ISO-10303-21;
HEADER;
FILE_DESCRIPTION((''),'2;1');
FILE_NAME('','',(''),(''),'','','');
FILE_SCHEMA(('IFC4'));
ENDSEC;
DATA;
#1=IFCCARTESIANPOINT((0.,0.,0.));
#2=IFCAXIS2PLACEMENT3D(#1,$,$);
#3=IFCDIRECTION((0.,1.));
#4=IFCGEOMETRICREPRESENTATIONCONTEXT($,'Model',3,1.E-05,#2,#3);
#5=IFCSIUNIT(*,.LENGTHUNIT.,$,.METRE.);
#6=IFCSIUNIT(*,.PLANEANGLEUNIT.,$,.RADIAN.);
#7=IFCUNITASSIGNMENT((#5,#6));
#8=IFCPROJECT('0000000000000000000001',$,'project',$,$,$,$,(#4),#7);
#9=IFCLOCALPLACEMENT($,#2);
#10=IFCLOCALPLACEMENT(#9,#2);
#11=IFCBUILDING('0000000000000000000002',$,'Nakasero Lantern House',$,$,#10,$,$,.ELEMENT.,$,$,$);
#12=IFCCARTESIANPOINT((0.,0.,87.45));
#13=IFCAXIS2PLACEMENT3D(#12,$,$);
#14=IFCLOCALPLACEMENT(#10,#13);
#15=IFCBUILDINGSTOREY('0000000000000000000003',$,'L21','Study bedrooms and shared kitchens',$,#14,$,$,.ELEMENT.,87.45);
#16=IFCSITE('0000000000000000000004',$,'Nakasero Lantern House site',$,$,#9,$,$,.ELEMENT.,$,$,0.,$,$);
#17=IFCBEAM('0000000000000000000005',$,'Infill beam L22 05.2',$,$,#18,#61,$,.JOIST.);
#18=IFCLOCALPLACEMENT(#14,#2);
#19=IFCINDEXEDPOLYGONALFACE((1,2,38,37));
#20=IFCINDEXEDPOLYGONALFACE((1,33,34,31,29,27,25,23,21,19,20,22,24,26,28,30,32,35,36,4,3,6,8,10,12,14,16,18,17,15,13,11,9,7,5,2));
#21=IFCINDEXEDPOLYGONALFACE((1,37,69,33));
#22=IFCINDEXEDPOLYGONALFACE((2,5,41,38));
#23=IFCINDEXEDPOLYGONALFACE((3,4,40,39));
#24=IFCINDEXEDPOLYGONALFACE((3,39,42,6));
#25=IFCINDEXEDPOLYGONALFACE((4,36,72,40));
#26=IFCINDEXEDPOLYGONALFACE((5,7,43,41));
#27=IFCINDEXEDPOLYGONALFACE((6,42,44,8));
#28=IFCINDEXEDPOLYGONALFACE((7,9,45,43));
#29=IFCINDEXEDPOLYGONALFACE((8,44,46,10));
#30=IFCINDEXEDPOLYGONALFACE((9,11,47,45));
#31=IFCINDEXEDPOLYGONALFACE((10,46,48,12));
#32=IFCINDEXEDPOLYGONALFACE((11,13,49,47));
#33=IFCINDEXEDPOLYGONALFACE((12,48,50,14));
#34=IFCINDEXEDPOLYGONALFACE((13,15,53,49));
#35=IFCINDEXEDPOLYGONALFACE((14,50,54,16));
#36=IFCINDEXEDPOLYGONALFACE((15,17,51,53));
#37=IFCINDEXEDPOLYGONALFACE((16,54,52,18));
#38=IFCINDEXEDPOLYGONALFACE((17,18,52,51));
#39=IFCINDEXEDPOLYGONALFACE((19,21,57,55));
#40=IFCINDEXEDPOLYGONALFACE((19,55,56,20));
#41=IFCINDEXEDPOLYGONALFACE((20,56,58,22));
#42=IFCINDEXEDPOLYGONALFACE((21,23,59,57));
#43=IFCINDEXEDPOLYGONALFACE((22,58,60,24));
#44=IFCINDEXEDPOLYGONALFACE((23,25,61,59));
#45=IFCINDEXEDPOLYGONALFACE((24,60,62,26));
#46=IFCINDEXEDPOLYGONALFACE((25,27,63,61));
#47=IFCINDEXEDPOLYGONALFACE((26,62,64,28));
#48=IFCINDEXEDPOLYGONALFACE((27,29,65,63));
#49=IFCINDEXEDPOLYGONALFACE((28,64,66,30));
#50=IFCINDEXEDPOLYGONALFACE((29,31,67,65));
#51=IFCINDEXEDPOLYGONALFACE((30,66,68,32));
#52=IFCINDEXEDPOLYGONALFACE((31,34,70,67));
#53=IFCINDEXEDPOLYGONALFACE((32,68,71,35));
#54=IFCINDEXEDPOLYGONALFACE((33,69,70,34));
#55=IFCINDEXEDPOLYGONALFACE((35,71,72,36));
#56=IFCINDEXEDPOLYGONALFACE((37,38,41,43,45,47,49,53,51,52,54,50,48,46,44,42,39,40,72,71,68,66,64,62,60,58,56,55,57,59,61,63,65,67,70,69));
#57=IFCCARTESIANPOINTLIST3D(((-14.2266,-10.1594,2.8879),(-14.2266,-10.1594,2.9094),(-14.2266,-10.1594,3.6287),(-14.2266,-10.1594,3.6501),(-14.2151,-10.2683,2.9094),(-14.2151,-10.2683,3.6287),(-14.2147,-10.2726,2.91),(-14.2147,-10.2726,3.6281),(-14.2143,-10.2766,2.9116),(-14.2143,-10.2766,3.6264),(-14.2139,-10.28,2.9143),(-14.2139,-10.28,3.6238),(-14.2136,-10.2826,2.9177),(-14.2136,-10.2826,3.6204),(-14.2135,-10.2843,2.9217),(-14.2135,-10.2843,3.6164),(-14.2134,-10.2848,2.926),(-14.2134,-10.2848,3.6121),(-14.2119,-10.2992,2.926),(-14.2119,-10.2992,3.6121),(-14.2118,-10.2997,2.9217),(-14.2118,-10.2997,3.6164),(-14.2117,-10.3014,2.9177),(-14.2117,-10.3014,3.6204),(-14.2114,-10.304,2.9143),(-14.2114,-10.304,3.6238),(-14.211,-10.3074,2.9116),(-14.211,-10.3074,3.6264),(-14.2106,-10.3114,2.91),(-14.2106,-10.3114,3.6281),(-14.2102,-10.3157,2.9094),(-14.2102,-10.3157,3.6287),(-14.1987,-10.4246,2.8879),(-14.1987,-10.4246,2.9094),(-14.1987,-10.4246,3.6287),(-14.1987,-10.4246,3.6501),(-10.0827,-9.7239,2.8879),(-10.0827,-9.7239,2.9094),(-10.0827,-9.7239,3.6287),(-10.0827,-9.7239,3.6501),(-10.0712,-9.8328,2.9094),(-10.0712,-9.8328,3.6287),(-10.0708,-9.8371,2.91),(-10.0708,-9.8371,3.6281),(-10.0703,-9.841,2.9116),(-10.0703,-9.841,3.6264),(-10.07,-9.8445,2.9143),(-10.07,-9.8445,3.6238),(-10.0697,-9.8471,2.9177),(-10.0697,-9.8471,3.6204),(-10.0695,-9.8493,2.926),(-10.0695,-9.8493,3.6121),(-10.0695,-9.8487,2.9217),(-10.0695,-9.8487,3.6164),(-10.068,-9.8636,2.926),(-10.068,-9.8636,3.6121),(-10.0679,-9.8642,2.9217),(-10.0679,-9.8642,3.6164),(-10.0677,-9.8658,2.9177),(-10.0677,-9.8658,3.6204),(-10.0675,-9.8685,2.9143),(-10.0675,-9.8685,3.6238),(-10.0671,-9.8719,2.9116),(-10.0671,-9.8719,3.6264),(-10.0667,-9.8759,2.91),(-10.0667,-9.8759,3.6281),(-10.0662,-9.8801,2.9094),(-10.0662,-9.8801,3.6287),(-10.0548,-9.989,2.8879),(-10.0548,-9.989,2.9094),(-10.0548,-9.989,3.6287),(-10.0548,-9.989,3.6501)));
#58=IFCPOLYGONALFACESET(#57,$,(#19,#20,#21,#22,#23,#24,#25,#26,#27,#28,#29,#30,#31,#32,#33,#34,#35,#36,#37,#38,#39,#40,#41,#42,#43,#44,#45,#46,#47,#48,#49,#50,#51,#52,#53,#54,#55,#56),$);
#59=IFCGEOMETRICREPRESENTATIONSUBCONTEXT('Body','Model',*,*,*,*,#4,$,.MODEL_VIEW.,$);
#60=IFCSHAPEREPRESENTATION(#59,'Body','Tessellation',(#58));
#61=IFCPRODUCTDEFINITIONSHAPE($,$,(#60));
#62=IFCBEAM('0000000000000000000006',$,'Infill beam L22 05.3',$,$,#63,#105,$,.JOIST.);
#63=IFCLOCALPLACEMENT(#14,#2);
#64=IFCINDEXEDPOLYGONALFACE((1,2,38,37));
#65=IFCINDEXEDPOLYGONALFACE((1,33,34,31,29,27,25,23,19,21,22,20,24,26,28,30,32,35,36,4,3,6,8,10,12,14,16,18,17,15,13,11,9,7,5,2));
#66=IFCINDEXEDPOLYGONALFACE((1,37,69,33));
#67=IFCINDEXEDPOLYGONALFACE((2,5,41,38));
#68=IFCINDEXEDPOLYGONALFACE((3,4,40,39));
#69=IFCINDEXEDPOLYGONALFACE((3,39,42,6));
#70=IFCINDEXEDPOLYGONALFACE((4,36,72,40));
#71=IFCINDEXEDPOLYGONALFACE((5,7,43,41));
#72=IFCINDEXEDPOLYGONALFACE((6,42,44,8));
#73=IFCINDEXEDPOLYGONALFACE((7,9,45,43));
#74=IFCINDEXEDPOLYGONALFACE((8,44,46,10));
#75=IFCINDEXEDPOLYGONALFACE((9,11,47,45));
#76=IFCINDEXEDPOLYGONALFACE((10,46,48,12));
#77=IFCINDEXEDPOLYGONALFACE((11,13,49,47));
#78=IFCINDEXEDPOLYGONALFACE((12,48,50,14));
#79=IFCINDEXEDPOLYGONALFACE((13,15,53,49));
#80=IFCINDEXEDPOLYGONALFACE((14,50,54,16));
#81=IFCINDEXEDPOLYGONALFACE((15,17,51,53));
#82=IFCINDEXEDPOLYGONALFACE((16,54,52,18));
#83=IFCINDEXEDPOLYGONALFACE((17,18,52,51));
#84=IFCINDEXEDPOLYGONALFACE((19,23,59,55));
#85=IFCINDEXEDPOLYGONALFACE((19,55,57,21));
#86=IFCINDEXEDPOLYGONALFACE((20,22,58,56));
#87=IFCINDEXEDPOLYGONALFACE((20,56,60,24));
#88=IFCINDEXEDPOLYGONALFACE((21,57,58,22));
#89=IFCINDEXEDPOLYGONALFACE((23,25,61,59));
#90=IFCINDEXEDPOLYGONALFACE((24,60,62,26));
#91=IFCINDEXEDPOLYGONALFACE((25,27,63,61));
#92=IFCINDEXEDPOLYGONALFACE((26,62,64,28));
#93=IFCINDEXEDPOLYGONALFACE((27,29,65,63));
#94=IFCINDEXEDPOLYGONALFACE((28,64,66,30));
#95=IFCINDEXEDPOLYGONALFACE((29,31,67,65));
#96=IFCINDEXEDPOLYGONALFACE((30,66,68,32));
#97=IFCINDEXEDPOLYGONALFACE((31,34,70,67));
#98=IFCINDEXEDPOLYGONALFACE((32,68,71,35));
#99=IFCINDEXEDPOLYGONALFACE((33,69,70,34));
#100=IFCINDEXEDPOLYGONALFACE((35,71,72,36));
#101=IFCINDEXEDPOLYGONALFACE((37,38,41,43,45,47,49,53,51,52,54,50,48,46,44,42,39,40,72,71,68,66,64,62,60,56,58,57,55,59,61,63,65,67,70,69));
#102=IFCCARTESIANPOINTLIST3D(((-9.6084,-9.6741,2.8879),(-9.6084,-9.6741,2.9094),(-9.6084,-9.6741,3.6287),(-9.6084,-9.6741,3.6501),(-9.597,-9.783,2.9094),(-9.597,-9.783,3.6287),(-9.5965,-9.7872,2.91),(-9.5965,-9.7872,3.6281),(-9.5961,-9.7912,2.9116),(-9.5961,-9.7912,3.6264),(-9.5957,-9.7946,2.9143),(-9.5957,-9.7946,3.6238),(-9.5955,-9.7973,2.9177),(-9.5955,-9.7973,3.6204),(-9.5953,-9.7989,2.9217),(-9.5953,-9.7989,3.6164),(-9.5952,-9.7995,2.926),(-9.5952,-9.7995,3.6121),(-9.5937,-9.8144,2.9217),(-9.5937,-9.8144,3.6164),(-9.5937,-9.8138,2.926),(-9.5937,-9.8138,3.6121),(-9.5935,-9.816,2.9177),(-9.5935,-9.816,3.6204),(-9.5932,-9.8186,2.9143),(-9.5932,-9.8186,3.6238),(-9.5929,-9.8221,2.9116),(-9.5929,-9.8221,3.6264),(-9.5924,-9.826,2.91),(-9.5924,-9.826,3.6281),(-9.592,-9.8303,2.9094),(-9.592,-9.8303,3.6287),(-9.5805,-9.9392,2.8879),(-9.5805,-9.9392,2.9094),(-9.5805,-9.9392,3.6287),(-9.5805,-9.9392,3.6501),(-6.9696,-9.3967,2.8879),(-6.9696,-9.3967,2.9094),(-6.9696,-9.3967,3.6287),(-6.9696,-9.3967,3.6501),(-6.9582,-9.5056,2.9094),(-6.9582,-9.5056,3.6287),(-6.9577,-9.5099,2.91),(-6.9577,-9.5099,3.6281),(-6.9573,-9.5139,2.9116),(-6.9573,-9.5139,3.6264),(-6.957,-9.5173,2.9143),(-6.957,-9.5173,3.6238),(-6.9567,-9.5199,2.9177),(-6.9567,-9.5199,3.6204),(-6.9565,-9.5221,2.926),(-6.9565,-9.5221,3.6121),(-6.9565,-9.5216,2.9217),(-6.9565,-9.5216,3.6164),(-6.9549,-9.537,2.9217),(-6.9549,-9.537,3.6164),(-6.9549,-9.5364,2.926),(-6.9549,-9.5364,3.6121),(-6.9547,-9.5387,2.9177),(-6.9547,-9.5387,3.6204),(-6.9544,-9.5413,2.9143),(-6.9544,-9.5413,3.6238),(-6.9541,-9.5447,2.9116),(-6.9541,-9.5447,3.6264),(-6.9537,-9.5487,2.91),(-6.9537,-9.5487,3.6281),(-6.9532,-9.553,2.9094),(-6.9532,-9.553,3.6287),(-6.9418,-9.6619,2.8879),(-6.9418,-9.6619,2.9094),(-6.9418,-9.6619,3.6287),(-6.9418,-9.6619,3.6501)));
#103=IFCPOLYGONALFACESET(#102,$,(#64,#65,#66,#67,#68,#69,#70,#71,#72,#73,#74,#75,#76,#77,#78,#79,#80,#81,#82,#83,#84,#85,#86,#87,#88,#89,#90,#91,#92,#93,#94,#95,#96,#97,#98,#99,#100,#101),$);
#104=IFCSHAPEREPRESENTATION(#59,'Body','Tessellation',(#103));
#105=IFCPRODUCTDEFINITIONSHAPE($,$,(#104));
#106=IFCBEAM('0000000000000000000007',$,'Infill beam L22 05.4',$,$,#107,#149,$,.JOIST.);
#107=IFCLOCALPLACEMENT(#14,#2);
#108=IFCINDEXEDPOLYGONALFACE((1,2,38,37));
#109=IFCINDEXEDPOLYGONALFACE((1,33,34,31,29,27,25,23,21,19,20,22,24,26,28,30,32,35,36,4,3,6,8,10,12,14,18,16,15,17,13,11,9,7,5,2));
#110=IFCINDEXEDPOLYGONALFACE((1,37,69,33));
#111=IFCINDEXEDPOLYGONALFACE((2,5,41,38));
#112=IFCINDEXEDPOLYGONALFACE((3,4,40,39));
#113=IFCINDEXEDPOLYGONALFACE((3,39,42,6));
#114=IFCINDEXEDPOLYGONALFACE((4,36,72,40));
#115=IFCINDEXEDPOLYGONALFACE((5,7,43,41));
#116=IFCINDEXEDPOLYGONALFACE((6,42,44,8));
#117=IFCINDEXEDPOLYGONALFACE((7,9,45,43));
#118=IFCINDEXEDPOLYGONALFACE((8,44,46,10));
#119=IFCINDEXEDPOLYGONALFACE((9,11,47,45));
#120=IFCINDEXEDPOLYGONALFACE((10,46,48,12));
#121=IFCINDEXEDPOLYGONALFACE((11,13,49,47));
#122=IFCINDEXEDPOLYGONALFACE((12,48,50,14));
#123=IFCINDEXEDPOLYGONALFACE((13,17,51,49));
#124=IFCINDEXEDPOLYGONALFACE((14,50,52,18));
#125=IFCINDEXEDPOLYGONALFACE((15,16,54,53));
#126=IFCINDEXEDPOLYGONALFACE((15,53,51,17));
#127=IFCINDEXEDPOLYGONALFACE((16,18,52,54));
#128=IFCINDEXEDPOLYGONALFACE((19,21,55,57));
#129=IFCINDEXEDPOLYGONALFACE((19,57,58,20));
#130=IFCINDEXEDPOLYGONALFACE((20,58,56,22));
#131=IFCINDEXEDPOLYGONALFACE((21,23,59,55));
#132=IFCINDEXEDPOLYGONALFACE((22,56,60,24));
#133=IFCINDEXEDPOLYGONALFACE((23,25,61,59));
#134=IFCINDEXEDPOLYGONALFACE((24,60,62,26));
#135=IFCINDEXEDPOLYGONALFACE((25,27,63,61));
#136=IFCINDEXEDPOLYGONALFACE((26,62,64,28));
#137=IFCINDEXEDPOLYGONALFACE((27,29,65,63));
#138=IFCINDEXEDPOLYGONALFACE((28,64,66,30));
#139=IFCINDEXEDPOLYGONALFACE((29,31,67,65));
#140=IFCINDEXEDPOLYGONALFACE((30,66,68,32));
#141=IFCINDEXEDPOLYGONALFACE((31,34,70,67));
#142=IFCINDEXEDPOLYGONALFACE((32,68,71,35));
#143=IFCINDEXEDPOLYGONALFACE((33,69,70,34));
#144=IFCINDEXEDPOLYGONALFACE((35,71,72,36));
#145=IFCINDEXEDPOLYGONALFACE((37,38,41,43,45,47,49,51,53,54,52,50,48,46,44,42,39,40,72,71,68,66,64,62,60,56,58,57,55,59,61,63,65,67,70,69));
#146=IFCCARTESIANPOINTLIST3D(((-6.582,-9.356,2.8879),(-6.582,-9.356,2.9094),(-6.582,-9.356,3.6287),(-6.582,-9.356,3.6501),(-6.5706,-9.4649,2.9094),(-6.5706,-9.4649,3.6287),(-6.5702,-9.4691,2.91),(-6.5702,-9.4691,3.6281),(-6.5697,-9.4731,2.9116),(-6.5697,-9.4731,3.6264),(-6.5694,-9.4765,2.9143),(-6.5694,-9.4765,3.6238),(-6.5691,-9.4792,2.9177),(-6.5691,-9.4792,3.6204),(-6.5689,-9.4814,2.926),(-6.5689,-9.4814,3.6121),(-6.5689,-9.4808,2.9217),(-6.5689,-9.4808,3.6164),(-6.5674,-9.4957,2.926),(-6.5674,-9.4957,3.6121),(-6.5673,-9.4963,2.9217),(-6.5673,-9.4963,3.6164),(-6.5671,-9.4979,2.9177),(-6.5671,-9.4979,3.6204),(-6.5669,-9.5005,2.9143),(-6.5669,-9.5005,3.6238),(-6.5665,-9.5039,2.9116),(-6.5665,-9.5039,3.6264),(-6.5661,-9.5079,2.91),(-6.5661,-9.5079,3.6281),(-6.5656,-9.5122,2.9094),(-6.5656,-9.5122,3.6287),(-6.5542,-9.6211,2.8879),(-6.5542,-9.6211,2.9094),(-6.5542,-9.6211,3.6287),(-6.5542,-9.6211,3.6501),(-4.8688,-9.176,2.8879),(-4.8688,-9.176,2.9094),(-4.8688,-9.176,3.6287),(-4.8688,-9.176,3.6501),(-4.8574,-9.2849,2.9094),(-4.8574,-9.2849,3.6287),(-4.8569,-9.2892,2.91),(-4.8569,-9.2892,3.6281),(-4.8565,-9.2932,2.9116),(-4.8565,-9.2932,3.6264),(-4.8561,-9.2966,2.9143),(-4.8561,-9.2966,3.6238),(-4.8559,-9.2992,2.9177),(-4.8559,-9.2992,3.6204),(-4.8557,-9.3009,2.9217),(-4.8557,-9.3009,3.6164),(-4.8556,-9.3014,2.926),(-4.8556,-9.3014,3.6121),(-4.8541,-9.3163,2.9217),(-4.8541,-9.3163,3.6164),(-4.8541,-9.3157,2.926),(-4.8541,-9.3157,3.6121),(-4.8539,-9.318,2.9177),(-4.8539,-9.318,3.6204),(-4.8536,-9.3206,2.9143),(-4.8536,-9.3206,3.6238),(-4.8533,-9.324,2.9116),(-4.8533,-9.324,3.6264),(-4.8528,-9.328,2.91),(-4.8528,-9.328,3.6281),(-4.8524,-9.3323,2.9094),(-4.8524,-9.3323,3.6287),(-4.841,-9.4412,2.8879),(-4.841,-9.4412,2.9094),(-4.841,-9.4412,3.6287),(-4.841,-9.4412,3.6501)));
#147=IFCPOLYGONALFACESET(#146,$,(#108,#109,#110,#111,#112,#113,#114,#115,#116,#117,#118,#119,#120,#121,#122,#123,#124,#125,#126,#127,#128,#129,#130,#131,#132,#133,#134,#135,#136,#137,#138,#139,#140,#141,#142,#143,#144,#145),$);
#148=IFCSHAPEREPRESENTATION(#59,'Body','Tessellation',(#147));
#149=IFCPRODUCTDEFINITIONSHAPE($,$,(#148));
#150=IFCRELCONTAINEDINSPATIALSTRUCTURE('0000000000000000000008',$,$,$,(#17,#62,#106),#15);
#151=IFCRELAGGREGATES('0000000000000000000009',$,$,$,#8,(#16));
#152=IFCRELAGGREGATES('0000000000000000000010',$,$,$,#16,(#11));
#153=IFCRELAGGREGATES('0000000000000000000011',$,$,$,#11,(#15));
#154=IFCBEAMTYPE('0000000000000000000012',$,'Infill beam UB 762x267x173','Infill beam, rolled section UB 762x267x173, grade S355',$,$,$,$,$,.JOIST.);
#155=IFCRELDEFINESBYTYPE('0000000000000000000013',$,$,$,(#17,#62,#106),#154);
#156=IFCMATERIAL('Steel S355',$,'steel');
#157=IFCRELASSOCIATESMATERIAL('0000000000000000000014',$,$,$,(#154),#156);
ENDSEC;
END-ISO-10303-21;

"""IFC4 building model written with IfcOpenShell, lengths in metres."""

from ifc_helpers import new_model, si_unit, direction, frame, origin, origin_2d, place, context, subcontext, project, spatial, i_section, extrude, material, material_profile, profile_set, type_object, element, save


model = new_model("IFC4")

# Units and contexts
model_context = context("Model", 3, precision=1e-05, world=origin(), true_north=direction((0.0, 1.0)))
body_context = subcontext(model_context, "Body", "Model", "MODEL_VIEW")
ifc_project = project(units=[si_unit("LENGTHUNIT", "METRE"), si_unit("PLANEANGLEUNIT", "RADIAN")], contexts=[model_context])

# Site, building, storey
site_placement = place(None, origin())
site = spatial("IfcSite", under=ifc_project, at=site_placement, Name="Nakasero Lantern House site", CompositionType="ELEMENT", RefElevation=0.0)
building_placement = place(site_placement, origin())
building = spatial("IfcBuilding", under=site, at=building_placement, Name="Nakasero Lantern House", CompositionType="ELEMENT")
storey_placement = place(building_placement, frame((0.0, 0.0, 87.45)))
storey = spatial("IfcBuildingStorey", under=building, at=storey_placement, Name="L21", Description="Study bedrooms and shared kitchens", CompositionType="ELEMENT", Elevation=87.45)

# Beams
ifc_material_1 = material(Name="Steel S355", Category="steel")
ifc_material_profile = material_profile(ifc_material_1, i_section(OverallWidth=0.2666, OverallDepth=0.7622, WebThickness=0.0144, FlangeThickness=0.0215, FilletRadius=0.0166, at=origin_2d()), Name="UB 762x267x173")
ifc_profile_set = profile_set([ifc_material_profile], Name="Steel S355")
beam_type = type_object("IfcBeamType", Name="Infill beam UB 762x267x173", Description="Infill beam, rolled section UB 762x267x173, grade S355", PredefinedType="JOIST", material=ifc_profile_set)
beam_1_placement = place(storey_placement, frame((-14.2126, -10.292, 3.269), z_axis=(0.994522, 0.104526, 0.0), x_axis=(-0.104526, 0.994522, 0.0)))
element("IfcBeam", 1, at=beam_1_placement, inside=storey, type_object=beam_type, Name="Infill beam L22 05.2", PredefinedType="JOIST", context=body_context, shape_type="SweptSolid", body=[
    extrude(i_section(OverallWidth=0.2666, OverallDepth=0.7622, WebThickness=0.0144, FlangeThickness=0.0215, FilletRadius=0.0166, at=origin_2d()), origin(), (0.0, 0.0, 1.0), 4.1667),
])
beam_2_placement = place(storey_placement, frame((-9.5945, -9.8066, 3.269), z_axis=(0.994522, 0.104532, 0.0), x_axis=(-0.104532, 0.994522, 0.0)))
element("IfcBeam", 2, at=beam_2_placement, inside=storey, type_object=beam_type, Name="Infill beam L22 05.3", PredefinedType="JOIST", context=body_context, shape_type="SweptSolid", body=[
    extrude(i_section(OverallWidth=0.2666, OverallDepth=0.7622, WebThickness=0.0144, FlangeThickness=0.0215, FilletRadius=0.0166, at=origin_2d()), origin(), (0.0, 0.0, 1.0), 2.6533),
])
beam_3_placement = place(storey_placement, frame((-6.5681, -9.4885, 3.269), z_axis=(0.99453, 0.104456, 0.0), x_axis=(-0.104456, 0.99453, 0.0)))
element("IfcBeam", 3, at=beam_3_placement, inside=storey, type_object=beam_type, Name="Infill beam L22 05.4", PredefinedType="JOIST", context=body_context, shape_type="SweptSolid", body=[
    extrude(i_section(OverallWidth=0.2666, OverallDepth=0.7622, WebThickness=0.0144, FlangeThickness=0.0215, FilletRadius=0.0166, at=origin_2d()), origin(), (0.0, 0.0, 1.0), 1.7227),
])

save(model, "model.ifc")
